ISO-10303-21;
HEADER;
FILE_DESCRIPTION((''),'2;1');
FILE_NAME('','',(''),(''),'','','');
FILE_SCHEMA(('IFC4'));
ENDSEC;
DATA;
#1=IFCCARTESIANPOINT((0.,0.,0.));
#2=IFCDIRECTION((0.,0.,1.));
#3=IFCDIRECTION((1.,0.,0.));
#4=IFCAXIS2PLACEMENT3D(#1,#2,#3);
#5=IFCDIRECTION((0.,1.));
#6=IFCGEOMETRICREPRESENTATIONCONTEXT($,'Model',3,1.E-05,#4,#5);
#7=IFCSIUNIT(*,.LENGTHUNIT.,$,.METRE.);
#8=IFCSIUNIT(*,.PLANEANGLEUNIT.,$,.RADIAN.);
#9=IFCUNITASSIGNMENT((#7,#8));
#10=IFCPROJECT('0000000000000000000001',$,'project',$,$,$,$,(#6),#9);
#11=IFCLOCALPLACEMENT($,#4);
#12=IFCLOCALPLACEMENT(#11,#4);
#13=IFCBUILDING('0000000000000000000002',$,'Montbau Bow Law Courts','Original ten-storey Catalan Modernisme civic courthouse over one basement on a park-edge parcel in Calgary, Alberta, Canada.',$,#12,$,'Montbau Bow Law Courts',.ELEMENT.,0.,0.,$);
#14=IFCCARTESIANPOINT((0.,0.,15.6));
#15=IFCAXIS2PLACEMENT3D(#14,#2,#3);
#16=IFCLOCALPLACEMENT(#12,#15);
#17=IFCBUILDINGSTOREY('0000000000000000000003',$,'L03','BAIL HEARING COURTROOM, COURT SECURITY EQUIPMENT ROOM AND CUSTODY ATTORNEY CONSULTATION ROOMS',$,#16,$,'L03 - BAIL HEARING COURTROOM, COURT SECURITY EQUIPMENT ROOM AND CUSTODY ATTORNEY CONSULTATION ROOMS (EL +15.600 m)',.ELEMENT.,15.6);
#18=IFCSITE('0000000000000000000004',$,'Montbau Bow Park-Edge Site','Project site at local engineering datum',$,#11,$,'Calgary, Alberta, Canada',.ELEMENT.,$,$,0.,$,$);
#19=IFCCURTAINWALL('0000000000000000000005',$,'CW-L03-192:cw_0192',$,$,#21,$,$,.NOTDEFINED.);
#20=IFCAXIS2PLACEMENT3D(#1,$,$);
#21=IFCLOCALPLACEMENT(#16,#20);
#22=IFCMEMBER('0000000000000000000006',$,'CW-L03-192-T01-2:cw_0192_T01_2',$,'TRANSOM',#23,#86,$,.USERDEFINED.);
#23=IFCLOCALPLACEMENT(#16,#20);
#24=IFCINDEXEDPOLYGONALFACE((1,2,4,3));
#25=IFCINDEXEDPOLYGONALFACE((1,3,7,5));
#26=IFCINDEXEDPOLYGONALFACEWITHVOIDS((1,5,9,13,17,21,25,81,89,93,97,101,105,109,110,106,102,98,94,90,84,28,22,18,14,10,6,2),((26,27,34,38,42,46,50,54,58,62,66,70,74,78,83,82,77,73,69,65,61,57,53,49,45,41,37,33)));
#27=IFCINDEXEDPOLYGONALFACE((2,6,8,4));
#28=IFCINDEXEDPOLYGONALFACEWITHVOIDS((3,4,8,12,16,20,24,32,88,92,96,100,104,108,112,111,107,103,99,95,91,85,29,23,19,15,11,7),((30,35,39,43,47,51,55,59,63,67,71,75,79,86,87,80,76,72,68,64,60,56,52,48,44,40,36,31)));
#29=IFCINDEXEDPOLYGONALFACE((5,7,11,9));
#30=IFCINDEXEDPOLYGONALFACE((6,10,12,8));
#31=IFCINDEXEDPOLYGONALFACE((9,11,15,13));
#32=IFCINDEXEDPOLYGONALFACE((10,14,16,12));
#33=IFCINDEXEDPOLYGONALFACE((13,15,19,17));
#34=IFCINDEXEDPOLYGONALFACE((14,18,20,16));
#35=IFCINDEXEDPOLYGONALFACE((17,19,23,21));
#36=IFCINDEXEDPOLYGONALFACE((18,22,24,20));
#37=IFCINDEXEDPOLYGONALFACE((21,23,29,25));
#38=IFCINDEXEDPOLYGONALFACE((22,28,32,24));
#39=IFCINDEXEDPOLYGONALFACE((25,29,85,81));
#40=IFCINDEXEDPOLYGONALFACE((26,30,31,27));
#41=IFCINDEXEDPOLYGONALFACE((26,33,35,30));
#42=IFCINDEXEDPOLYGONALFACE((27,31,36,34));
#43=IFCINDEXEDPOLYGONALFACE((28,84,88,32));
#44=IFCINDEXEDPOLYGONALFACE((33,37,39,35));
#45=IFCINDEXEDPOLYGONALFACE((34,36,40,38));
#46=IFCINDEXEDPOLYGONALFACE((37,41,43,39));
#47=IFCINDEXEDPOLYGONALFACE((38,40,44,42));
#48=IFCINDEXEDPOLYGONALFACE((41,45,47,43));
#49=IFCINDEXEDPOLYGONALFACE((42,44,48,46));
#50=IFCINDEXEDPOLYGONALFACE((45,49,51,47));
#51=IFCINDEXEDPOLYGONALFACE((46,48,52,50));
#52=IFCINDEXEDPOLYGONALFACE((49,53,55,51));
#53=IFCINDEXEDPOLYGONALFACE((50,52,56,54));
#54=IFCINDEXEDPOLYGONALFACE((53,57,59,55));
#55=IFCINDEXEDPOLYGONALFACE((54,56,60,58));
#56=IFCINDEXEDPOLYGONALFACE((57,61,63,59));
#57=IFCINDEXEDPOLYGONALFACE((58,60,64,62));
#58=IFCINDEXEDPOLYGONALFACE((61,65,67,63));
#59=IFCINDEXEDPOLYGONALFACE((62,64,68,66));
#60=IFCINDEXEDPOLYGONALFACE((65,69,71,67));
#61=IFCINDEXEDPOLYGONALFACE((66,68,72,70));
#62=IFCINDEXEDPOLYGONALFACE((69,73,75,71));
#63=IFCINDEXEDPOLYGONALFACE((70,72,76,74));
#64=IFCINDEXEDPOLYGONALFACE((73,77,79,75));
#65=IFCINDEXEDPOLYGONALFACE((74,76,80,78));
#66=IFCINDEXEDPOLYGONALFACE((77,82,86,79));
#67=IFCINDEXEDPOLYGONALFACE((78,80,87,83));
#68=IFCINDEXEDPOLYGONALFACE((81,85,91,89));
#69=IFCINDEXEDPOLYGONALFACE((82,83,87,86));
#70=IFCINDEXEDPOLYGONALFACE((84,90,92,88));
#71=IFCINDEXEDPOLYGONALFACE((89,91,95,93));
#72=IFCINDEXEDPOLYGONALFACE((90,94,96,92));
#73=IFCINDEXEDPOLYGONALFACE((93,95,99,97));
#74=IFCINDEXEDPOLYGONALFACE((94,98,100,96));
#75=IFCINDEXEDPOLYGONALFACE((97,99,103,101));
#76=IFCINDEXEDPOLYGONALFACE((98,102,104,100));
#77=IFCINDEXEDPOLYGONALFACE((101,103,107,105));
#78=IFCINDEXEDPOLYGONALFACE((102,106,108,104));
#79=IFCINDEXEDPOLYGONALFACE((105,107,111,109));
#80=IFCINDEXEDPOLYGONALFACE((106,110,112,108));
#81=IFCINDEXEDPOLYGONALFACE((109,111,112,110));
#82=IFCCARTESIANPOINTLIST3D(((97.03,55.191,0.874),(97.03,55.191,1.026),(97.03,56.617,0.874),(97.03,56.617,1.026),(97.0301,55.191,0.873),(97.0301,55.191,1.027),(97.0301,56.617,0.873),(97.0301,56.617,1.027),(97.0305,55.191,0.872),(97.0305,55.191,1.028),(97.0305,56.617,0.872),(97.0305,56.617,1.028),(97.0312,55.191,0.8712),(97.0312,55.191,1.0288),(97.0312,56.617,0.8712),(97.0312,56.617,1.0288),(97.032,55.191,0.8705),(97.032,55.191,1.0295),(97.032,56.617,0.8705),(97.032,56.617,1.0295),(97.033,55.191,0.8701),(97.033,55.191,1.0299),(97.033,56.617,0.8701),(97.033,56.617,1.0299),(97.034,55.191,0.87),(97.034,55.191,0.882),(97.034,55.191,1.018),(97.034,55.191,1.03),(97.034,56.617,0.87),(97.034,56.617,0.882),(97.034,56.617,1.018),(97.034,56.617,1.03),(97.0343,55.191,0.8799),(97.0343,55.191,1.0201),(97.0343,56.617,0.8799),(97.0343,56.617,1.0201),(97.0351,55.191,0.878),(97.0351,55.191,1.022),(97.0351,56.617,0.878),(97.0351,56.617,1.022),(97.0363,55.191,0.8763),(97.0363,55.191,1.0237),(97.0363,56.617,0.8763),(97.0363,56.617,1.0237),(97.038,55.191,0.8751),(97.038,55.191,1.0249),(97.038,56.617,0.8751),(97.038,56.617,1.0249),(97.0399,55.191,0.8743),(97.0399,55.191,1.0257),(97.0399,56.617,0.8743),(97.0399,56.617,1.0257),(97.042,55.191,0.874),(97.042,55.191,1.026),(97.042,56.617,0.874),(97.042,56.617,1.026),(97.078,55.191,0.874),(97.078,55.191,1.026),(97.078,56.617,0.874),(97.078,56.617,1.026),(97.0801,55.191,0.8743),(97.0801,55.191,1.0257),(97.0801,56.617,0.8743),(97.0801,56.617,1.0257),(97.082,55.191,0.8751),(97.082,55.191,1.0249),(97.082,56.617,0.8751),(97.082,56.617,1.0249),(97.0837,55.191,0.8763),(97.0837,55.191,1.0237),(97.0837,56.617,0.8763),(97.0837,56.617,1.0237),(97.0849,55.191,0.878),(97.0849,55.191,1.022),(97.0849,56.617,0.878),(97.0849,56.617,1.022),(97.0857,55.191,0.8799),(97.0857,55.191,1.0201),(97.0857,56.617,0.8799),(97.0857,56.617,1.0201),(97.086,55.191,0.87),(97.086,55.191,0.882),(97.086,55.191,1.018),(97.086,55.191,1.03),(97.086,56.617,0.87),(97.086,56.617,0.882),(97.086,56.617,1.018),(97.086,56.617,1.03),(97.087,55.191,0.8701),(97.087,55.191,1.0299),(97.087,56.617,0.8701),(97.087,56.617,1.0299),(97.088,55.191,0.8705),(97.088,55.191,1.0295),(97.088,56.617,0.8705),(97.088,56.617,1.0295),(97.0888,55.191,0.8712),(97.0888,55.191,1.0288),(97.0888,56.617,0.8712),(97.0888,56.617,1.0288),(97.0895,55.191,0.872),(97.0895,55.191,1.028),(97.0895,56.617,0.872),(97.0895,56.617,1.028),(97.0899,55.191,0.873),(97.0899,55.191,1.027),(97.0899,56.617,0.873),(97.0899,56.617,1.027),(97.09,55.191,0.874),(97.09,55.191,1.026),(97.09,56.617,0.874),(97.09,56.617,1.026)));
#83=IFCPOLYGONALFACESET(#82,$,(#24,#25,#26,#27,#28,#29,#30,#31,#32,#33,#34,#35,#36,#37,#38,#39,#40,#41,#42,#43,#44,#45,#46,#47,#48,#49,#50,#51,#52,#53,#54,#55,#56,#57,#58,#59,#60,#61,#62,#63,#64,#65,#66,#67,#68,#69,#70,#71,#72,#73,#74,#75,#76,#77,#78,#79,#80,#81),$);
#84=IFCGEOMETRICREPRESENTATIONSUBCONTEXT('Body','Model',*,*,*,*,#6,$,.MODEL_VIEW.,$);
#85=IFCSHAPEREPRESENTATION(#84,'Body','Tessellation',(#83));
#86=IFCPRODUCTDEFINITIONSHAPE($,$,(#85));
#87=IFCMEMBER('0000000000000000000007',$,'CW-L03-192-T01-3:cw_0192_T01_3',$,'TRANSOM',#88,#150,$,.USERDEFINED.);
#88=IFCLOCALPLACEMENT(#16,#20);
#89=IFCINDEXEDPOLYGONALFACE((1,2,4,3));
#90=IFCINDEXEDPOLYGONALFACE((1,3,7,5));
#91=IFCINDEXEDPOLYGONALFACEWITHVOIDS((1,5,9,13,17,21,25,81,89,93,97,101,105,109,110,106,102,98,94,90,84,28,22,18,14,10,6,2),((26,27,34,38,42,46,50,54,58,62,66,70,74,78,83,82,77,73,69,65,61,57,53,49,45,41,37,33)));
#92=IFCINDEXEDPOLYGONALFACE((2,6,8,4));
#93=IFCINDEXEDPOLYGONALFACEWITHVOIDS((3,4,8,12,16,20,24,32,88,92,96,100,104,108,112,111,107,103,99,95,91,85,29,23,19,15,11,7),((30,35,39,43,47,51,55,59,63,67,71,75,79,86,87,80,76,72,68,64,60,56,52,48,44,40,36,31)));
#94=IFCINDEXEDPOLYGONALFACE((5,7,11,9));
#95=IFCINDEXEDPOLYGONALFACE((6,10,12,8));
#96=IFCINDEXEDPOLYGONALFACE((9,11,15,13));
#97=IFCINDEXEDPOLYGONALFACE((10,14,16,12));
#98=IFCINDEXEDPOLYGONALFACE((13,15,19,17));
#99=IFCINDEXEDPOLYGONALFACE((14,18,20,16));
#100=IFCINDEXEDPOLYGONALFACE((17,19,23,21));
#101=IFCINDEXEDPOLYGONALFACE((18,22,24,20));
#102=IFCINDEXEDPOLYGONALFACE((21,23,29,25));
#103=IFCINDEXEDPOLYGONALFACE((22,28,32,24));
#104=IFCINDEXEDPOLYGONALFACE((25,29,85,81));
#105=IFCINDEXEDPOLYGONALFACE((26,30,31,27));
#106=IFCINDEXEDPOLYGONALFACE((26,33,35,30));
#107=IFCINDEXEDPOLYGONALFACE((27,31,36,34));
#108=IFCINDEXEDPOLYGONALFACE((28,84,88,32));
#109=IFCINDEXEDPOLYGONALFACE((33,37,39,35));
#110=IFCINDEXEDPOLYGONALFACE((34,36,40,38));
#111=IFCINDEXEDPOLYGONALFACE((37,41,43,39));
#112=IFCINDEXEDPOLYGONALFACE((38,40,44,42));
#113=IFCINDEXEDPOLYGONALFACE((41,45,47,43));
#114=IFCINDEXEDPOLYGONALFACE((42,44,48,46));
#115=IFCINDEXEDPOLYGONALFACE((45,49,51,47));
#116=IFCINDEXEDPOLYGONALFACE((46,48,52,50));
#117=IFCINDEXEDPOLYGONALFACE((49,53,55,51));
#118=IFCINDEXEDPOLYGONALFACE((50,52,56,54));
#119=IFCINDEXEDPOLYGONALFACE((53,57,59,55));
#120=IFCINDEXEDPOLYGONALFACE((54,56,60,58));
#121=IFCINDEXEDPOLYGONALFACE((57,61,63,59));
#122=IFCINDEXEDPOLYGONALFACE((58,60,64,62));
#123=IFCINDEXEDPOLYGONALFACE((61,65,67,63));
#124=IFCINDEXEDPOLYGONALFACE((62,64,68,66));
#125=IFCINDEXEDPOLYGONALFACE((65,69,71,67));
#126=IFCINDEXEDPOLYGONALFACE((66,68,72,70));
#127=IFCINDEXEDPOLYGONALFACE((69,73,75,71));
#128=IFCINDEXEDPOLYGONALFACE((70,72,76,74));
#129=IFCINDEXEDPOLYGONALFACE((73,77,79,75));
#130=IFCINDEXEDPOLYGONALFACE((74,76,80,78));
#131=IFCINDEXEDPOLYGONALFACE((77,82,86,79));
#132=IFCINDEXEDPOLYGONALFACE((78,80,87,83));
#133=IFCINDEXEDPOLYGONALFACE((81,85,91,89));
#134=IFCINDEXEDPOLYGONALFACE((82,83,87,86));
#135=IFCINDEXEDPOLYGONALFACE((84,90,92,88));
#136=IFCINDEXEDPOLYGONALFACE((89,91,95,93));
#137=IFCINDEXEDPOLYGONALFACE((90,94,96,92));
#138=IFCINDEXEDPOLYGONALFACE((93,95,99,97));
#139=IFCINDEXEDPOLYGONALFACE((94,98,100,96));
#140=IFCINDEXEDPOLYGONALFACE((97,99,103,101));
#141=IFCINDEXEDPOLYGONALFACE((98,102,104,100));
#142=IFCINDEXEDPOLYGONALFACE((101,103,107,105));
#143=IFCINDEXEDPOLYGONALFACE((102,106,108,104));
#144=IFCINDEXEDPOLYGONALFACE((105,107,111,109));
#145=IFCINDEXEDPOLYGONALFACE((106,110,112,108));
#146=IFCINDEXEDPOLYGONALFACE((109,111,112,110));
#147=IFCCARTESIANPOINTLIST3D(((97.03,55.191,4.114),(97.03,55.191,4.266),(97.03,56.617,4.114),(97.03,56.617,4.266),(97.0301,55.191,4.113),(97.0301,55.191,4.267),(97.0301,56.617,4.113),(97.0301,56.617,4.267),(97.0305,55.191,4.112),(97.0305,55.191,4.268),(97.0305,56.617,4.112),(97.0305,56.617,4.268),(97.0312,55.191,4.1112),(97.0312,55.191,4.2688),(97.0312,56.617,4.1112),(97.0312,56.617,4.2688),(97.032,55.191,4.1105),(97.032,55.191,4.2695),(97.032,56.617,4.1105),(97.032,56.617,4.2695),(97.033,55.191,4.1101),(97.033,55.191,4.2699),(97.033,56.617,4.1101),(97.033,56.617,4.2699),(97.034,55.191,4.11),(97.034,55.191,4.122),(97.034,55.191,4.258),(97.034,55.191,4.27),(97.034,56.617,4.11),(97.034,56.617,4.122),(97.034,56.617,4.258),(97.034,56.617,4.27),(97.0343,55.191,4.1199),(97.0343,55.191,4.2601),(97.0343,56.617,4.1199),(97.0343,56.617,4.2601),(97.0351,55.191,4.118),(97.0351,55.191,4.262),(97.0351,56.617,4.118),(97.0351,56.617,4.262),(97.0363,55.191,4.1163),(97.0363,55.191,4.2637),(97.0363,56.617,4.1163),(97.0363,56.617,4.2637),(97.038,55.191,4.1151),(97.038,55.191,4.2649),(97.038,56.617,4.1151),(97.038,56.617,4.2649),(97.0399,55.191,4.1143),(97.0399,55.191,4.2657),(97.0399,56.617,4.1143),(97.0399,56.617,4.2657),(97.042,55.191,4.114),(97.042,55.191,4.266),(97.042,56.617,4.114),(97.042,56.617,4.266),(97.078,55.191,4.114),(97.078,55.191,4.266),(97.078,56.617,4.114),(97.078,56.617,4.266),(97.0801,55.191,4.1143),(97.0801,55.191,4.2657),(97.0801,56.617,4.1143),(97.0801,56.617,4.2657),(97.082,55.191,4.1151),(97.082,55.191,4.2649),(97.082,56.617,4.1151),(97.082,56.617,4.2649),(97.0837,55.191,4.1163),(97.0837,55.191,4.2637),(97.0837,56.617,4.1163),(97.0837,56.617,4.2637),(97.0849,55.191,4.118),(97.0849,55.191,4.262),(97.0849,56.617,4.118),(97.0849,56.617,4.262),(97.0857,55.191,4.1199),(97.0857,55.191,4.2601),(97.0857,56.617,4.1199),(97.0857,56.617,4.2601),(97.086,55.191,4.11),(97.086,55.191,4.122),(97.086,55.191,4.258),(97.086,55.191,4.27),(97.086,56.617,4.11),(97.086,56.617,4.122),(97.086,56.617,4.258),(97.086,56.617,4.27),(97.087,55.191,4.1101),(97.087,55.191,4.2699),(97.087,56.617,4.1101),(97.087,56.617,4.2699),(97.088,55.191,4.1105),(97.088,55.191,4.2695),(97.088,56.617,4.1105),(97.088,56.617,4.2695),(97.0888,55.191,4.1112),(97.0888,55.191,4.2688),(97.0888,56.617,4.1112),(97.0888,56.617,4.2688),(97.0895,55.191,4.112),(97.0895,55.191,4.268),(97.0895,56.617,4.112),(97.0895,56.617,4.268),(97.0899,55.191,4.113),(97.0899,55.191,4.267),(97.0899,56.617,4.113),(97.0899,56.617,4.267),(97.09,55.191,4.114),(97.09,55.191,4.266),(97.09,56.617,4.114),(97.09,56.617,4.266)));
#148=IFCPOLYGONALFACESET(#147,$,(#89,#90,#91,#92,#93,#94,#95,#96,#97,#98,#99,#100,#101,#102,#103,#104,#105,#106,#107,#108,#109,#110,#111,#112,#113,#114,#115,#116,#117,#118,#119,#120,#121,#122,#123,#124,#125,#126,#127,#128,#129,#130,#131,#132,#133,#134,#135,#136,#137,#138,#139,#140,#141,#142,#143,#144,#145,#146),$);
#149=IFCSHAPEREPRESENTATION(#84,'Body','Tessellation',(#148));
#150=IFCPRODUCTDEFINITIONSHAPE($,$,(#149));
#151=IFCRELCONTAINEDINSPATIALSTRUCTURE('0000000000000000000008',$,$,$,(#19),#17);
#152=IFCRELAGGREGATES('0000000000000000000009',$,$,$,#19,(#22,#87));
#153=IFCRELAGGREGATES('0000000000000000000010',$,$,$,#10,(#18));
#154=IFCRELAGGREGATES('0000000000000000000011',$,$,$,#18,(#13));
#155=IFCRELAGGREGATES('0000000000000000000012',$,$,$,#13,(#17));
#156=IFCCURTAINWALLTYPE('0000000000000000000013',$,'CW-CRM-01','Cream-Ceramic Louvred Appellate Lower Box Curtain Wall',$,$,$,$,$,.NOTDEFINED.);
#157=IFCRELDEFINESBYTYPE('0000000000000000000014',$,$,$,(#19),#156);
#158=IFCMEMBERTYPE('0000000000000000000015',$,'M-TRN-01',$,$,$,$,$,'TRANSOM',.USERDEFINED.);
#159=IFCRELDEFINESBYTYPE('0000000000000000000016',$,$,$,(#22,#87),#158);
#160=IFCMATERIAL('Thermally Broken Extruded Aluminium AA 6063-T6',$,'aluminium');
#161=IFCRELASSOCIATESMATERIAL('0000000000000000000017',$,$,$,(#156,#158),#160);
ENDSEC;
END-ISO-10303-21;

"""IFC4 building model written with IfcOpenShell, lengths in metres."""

from ifc_helpers import new_model, si_unit, direction, frame, origin_with_axes, origin_2d_with_axis, place, context, subcontext, project, spatial, hollow_rectangle, extrude, material, material_profile, profile_set, type_object, element, aggregate, save


model = new_model("IFC4")

# Units and contexts
model_context = context("Model", 3, precision=1e-05, world=origin_with_axes(), true_north=direction((0.0, 1.0)))
body_context = subcontext(model_context, "Body", "Model", "MODEL_VIEW")
ifc_project = project(units=[si_unit("LENGTHUNIT", "METRE"), si_unit("PLANEANGLEUNIT", "RADIAN")], contexts=[model_context])

# Site, building, storey
site_placement = place(None, origin_with_axes())
site = spatial("IfcSite", under=ifc_project, at=site_placement, Name="Montbau Bow Park-Edge Site", Description="Project site at local engineering datum", LongName="Calgary, Alberta, Canada", CompositionType="ELEMENT", RefElevation=0.0)
building_placement = place(site_placement, origin_with_axes())
building = spatial("IfcBuilding", under=site, at=building_placement, Name="Montbau Bow Law Courts", Description="Original ten-storey Catalan Modernisme civic courthouse over one basement on a park-edge parcel in Calgary, Alberta, Canada.", LongName="Montbau Bow Law Courts", CompositionType="ELEMENT", ElevationOfRefHeight=0.0, ElevationOfTerrain=0.0)
storey_placement = place(building_placement, frame((0.0, 0.0, 15.6), z_axis=(0.0, 0.0, 1.0), x_axis=(1.0, 0.0, 0.0)))
storey = spatial("IfcBuildingStorey", under=building, at=storey_placement, Name="L03", Description="BAIL HEARING COURTROOM, COURT SECURITY EQUIPMENT ROOM AND CUSTODY ATTORNEY CONSULTATION ROOMS", LongName="L03 - BAIL HEARING COURTROOM, COURT SECURITY EQUIPMENT ROOM AND CUSTODY ATTORNEY CONSULTATION ROOMS (EL +15.600 m)", CompositionType="ELEMENT", Elevation=15.6)

# Curtain wall
ifc_material_1 = material(Name="Thermally Broken Extruded Aluminium AA 6063-T6", Category="aluminium")
curtain_wall_type = type_object("IfcCurtainWallType", Name="CW-CRM-01", Description="Cream-Ceramic Louvred Appellate Lower Box Curtain Wall", PredefinedType="NOTDEFINED", material=ifc_material_1)
curtain_wall_1_placement = place(None, frame((97.06, 55.115, 15.6), z_axis=(0.0, 0.0, 1.0), x_axis=(1.0, 0.0, 0.0)))
curtain_wall_1 = element("IfcCurtainWall", 1, at=curtain_wall_1_placement, inside=storey, type_object=curtain_wall_type, Name="CW-L03-192:cw_0192", PredefinedType="NOTDEFINED")

# Members
ifc_material_profile_1 = material_profile(ifc_material_1, hollow_rectangle(XDim=0.06, YDim=0.16, WallThickness=0.004, InnerFilletRadius=0.008, OuterFilletRadius=0.004, at=origin_2d_with_axis()), Name="CWT-160X60", Category="Main", Priority=0)
ifc_profile_set_1 = profile_set([ifc_material_profile_1], Name="Thermally Broken Extruded Aluminium AA 6063-T6")
member_type_1 = type_object("IfcMemberType", Name="M-TRN-01", ElementType="TRANSOM", PredefinedType="USERDEFINED", material=ifc_profile_set_1)
member_1_placement = place(None, frame((97.06, 55.191, 16.55), z_axis=(0.0, 1.0, 0.0), x_axis=(-1.0, 0.0, 0.0)))
member_1 = element("IfcMember", 2, at=member_1_placement, type_object=member_type_1, Name="CW-L03-192-T01-2:cw_0192_T01_2", ObjectType="TRANSOM", PredefinedType="USERDEFINED", context=body_context, shape_type="SweptSolid", body=[
    extrude(hollow_rectangle(XDim=0.06, YDim=0.16, WallThickness=0.004, InnerFilletRadius=0.008, OuterFilletRadius=0.004, at=origin_2d_with_axis()), origin_with_axes(), (0.0, 0.0, 1.0), 1.426),
])
member_2_placement = place(None, frame((97.06, 55.191, 19.79), z_axis=(0.0, 1.0, 0.0), x_axis=(-1.0, 0.0, 0.0)))
member_2 = element("IfcMember", 3, at=member_2_placement, type_object=member_type_1, Name="CW-L03-192-T01-3:cw_0192_T01_3", ObjectType="TRANSOM", PredefinedType="USERDEFINED", context=body_context, shape_type="SweptSolid", body=[
    extrude(hollow_rectangle(XDim=0.06, YDim=0.16, WallThickness=0.004, InnerFilletRadius=0.008, OuterFilletRadius=0.004, at=origin_2d_with_axis()), origin_with_axes(), (0.0, 0.0, 1.0), 1.426),
])

aggregate(curtain_wall_1, [member_1, member_2])

save(model, "model.ifc")
